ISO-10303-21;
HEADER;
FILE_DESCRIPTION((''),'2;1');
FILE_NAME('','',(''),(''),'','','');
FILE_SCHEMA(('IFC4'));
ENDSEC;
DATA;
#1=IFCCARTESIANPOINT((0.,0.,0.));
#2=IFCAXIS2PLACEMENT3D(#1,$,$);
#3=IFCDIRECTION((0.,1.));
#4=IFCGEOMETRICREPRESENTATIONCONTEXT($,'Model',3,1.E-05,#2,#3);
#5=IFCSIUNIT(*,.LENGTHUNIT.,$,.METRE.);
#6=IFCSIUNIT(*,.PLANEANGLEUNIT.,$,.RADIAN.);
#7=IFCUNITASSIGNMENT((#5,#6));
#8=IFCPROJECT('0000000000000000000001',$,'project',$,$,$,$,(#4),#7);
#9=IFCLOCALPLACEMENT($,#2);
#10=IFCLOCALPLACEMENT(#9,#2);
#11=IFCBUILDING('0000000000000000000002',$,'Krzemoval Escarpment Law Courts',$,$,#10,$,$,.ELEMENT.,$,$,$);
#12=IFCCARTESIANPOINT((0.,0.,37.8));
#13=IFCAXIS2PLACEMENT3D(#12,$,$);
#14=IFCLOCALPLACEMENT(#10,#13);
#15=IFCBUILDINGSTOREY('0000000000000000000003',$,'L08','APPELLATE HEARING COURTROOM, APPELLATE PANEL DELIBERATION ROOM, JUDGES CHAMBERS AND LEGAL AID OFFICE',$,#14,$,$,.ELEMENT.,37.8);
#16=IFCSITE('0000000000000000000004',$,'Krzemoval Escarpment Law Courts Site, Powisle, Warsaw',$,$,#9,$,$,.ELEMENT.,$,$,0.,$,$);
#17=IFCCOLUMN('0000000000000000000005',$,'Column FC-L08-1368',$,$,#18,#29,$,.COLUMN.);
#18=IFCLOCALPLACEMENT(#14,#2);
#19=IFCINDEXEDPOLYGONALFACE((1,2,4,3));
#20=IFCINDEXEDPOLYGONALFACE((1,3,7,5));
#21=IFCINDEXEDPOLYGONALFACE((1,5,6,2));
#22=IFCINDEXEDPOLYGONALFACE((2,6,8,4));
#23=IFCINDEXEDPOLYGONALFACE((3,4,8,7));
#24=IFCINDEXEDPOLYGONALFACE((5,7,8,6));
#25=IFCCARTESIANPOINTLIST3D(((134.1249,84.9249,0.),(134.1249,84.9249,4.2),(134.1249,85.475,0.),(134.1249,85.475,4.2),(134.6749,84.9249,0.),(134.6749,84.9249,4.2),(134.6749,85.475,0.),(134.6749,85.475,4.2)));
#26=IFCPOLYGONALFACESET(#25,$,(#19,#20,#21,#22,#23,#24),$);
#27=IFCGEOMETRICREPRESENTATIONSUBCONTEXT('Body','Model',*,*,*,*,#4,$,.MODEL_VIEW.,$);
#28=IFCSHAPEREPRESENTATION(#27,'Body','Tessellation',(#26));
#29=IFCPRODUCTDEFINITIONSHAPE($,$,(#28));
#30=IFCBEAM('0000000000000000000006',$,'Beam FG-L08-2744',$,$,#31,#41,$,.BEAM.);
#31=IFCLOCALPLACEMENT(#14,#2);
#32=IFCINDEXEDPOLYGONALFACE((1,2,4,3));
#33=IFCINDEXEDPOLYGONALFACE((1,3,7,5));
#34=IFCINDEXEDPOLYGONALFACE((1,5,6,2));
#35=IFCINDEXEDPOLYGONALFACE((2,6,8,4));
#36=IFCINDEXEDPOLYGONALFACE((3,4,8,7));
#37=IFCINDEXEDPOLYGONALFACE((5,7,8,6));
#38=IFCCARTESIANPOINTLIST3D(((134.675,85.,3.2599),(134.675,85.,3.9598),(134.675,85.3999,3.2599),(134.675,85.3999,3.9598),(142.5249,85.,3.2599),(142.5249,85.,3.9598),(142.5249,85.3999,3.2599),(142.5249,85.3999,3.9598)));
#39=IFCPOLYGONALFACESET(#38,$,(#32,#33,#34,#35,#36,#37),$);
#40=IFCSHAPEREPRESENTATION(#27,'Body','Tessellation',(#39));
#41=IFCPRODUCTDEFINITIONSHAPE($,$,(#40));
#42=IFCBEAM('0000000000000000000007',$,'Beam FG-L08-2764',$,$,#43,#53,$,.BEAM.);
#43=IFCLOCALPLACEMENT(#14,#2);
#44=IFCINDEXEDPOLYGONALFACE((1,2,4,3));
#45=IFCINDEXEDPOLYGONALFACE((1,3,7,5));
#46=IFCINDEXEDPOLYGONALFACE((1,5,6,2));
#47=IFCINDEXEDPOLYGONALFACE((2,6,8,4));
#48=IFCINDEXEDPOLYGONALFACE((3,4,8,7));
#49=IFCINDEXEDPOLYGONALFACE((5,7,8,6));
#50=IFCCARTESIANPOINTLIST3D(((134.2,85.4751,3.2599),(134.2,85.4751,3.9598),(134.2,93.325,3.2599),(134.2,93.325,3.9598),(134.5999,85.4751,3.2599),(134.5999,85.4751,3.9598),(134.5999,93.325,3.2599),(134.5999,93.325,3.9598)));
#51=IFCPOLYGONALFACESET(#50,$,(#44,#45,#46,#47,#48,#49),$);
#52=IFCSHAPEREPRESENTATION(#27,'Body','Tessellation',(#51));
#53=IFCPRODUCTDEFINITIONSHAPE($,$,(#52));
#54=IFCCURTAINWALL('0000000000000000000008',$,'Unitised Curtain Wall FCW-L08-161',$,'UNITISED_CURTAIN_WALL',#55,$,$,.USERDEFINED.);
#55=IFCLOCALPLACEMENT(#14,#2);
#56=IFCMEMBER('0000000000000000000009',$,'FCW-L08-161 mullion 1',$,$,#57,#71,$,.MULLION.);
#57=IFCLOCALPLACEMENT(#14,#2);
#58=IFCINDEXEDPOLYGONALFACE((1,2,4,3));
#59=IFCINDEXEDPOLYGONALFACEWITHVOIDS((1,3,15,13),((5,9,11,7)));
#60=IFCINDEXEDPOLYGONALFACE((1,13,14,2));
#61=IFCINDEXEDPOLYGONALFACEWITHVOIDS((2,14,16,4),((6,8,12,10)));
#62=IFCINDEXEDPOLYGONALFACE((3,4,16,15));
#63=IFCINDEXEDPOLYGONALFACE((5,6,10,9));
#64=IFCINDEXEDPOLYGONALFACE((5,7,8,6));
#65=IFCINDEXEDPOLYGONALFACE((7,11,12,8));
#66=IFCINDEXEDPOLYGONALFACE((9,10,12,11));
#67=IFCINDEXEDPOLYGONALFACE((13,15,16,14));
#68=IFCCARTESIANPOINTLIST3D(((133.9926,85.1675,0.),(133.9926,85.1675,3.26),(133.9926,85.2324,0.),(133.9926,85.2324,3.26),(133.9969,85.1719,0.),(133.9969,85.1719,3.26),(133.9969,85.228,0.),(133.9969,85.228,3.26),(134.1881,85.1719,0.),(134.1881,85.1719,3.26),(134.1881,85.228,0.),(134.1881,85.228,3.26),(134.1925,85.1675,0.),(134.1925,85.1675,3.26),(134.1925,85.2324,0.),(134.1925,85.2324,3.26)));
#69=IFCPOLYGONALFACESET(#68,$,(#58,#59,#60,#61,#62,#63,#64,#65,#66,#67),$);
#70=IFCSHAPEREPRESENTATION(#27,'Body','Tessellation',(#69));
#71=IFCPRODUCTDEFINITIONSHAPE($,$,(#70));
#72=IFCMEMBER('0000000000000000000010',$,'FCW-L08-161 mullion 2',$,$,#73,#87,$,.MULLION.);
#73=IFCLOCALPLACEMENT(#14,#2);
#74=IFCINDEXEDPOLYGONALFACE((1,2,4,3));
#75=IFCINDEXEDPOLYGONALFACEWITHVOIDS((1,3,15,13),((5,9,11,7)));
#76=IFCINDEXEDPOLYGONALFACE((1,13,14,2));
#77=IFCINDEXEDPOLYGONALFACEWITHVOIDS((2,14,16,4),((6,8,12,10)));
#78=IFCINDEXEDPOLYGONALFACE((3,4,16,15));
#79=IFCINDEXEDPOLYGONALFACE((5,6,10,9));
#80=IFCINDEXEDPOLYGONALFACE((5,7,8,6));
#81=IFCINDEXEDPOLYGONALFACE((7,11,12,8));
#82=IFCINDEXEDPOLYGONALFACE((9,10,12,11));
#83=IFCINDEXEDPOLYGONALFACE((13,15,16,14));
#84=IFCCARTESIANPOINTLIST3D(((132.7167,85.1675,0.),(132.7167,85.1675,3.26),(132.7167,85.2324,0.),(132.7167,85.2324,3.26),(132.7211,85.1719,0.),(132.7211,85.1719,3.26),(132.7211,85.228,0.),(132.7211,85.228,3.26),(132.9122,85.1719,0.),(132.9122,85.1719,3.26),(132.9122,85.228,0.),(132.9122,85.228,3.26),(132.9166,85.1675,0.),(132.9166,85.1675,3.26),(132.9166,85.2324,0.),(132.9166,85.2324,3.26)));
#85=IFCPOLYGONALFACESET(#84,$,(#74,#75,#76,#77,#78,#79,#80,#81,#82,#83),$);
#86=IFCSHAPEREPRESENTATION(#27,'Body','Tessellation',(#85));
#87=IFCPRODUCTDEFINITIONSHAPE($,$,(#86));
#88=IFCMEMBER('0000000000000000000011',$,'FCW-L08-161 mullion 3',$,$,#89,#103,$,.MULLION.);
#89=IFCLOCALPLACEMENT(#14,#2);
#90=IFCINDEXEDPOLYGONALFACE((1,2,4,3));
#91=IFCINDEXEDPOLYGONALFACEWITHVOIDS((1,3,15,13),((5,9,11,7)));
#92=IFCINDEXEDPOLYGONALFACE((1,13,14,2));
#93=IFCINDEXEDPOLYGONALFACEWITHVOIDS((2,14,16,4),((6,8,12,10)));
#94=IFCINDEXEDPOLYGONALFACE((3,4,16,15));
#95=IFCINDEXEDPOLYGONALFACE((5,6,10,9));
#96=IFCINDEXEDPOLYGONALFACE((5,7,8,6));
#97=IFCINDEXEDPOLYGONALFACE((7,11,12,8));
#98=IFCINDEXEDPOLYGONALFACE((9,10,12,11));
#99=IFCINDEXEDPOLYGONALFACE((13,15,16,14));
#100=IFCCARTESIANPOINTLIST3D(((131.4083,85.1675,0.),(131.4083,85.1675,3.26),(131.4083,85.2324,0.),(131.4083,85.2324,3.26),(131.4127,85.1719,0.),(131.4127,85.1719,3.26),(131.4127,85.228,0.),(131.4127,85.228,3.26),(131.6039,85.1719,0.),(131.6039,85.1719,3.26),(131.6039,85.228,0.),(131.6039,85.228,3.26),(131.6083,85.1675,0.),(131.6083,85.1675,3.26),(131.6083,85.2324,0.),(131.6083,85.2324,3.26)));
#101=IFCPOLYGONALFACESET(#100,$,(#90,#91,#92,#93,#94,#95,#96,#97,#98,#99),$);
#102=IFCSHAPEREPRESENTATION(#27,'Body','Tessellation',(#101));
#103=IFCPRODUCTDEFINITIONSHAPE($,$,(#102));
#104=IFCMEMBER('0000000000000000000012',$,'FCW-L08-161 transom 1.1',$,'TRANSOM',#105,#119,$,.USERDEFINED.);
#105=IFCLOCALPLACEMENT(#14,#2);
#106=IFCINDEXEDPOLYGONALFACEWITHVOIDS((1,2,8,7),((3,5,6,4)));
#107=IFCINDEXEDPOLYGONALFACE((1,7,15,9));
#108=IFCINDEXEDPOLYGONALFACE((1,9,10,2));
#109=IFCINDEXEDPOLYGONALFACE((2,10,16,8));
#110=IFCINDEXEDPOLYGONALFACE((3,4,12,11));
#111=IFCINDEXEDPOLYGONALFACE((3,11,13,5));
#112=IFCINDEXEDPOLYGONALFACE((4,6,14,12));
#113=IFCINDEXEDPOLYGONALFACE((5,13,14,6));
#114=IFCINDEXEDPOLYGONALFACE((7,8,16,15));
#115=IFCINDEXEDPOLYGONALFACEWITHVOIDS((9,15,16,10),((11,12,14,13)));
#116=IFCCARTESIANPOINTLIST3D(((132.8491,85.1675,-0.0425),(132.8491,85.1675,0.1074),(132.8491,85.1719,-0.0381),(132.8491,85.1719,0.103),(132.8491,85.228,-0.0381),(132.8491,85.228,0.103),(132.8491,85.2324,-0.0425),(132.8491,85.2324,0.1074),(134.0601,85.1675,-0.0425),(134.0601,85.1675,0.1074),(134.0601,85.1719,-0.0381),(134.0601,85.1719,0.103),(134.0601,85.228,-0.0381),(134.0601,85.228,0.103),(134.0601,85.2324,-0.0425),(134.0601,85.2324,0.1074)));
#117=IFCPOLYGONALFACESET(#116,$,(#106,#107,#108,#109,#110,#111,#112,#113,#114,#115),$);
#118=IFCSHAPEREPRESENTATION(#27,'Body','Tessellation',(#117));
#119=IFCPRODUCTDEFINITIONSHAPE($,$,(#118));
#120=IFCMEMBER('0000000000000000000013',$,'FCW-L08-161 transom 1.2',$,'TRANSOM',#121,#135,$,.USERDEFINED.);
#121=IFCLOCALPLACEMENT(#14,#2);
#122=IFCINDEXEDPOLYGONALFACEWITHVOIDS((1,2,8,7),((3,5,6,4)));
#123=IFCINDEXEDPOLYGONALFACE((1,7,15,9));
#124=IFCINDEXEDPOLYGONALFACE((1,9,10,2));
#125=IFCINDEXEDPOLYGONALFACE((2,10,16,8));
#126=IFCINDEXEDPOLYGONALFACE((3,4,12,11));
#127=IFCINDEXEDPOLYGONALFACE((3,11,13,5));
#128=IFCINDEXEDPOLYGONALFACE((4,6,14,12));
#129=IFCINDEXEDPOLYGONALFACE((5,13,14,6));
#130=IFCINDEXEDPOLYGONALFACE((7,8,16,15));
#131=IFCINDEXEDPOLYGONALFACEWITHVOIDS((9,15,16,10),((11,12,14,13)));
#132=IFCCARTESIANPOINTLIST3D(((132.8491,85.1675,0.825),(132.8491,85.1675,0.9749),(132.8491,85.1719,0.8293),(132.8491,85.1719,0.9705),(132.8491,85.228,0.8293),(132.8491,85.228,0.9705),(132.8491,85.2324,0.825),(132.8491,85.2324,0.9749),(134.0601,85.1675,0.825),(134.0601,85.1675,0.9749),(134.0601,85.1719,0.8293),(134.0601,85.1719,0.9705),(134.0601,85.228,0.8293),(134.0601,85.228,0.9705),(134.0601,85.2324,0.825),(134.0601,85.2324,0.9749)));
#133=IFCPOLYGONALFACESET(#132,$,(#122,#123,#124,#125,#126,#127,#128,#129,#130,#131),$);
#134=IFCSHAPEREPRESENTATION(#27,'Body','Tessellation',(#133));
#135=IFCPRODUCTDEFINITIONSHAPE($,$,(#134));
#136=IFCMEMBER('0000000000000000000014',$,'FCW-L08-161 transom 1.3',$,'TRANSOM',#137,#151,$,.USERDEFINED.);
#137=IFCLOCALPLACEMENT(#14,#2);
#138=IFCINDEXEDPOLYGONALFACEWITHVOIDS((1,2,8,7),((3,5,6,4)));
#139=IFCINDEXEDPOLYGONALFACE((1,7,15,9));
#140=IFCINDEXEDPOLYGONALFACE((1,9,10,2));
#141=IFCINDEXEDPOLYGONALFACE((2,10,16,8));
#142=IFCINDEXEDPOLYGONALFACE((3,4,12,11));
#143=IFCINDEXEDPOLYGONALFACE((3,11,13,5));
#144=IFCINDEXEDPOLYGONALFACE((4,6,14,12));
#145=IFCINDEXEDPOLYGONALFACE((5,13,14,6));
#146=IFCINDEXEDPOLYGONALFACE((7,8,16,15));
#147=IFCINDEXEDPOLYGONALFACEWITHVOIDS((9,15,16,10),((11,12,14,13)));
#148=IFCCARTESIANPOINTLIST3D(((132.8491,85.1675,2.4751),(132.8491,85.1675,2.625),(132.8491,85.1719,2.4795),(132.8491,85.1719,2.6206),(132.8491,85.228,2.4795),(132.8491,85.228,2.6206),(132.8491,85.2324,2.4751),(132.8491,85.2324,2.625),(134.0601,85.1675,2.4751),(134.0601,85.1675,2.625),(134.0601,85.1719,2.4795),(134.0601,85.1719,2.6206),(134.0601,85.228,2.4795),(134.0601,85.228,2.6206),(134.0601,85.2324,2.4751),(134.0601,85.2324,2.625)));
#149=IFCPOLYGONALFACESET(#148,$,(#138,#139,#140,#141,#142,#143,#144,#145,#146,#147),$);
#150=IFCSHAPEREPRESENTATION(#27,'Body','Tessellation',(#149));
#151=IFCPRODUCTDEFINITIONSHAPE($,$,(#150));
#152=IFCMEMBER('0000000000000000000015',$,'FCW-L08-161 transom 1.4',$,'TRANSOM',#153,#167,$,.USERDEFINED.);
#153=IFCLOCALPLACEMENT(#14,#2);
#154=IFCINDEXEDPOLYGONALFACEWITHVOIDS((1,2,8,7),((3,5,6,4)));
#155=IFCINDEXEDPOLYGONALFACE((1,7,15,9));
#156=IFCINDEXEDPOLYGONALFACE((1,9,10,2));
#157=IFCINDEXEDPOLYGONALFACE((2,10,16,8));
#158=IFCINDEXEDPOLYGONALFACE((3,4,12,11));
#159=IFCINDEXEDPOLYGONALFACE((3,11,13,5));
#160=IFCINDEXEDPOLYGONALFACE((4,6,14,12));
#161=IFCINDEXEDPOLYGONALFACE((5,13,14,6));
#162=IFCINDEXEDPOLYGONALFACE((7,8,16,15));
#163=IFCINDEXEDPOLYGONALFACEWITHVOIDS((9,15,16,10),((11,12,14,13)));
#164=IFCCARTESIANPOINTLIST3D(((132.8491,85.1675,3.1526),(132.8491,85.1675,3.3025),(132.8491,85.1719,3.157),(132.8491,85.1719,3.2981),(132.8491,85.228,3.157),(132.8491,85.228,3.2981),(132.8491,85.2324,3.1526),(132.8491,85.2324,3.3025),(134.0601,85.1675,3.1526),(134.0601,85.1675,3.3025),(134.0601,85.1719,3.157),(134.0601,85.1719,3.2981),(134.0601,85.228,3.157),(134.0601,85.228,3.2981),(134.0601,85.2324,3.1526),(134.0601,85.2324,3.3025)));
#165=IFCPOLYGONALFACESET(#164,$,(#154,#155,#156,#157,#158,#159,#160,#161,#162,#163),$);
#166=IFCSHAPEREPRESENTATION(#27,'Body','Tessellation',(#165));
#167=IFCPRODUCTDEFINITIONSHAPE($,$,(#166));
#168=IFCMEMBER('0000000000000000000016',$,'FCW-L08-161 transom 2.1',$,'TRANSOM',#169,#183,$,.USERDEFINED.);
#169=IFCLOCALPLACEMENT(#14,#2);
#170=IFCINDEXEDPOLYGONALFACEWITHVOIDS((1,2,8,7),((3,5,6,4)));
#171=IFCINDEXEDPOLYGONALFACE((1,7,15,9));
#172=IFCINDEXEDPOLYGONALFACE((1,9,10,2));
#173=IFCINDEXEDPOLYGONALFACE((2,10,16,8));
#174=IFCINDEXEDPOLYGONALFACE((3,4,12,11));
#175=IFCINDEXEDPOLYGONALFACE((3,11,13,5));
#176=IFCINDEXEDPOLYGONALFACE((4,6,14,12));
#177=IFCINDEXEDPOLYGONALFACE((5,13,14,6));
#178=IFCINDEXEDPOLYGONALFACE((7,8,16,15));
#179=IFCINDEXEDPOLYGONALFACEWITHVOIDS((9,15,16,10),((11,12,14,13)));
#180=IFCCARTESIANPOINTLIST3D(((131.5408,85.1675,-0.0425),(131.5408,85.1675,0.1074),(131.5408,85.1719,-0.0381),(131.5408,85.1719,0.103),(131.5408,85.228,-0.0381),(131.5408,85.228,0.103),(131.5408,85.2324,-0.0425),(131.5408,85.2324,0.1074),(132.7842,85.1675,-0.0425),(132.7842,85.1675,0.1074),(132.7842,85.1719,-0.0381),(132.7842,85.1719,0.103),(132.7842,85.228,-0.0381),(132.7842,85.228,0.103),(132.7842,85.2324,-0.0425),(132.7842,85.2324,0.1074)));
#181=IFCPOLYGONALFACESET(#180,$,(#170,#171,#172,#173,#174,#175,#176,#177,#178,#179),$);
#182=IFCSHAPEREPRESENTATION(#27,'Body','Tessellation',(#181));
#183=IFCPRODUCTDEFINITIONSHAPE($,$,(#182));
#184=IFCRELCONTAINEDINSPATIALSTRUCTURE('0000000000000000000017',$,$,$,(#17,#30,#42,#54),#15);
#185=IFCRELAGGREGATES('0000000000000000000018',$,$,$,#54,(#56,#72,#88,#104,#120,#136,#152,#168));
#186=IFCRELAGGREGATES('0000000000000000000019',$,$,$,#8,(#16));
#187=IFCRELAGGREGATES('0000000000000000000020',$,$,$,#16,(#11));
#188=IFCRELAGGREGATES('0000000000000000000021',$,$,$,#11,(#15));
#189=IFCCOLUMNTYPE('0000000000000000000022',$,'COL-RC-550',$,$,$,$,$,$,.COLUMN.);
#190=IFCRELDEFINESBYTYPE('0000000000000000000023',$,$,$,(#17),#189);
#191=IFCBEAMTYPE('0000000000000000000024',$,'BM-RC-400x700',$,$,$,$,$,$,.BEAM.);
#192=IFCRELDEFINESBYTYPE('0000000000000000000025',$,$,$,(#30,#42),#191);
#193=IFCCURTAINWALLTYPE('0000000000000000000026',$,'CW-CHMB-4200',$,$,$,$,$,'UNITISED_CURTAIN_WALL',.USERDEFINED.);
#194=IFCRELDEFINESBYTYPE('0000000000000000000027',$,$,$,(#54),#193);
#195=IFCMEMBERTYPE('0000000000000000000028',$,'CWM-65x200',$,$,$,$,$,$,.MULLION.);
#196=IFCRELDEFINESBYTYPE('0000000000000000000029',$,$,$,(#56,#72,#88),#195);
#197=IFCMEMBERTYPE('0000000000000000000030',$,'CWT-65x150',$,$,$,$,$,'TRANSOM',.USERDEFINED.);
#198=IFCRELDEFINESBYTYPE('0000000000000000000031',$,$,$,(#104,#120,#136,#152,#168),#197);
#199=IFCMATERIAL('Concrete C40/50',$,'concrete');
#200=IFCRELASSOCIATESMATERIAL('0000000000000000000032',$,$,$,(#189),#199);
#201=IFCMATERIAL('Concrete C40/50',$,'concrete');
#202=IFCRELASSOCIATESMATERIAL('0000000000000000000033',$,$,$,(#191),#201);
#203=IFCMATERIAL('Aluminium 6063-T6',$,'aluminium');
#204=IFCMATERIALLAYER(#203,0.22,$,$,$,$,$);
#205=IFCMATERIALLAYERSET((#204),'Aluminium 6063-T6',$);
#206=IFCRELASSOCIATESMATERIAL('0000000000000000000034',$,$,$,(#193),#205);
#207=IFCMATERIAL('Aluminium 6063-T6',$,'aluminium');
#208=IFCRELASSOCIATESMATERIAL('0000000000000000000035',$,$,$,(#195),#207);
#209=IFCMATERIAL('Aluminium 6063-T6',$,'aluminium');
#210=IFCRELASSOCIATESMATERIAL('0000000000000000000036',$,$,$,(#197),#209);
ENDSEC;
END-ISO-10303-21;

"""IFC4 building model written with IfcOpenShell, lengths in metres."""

from ifc_helpers import new_model, si_unit, direction, frame, origin, origin_2d, place, context, subcontext, project, spatial, rectangle, hollow_rectangle, extrude, material, layer, layer_set, material_profile, profile_set, type_object, element, aggregate, save


model = new_model("IFC4")

# Units and contexts
model_context = context("Model", 3, precision=1e-05, world=origin(), true_north=direction((0.0, 1.0)))
body_context = subcontext(model_context, "Body", "Model", "MODEL_VIEW")
ifc_project = project(units=[si_unit("LENGTHUNIT", "METRE"), si_unit("PLANEANGLEUNIT", "RADIAN")], contexts=[model_context])

# Site, building, storey
site_placement = place(None, origin())
site = spatial("IfcSite", under=ifc_project, at=site_placement, Name="Krzemoval Escarpment Law Courts Site, Powisle, Warsaw", CompositionType="ELEMENT", RefElevation=0.0)
building_placement = place(site_placement, origin())
building = spatial("IfcBuilding", under=site, at=building_placement, Name="Krzemoval Escarpment Law Courts", CompositionType="ELEMENT")
storey_placement = place(building_placement, frame((0.0, 0.0, 37.8)))
storey = spatial("IfcBuildingStorey", under=building, at=storey_placement, Name="L08", Description="APPELLATE HEARING COURTROOM, APPELLATE PANEL DELIBERATION ROOM, JUDGES CHAMBERS AND LEGAL AID OFFICE", CompositionType="ELEMENT", Elevation=37.8)

# Column
ifc_material_1 = material(Name="Concrete C40/50", Category="concrete")
ifc_material_profile_1 = material_profile(ifc_material_1, rectangle(XDim=0.55, YDim=0.55, at=origin_2d()), Name="RC 550x550")
ifc_profile_set_1 = profile_set([ifc_material_profile_1], Name="Concrete C40/50")
column_type = type_object("IfcColumnType", Name="COL-RC-550", PredefinedType="COLUMN", material=ifc_profile_set_1)
column_placement = place(storey_placement, frame((134.3999, 85.2, 0.0), z_axis=(0.0, 0.0, 1.0), x_axis=(1.0, 0.0, 0.0)))
element("IfcColumn", 1, at=column_placement, inside=storey, type_object=column_type, Name="Column FC-L08-1368", PredefinedType="COLUMN", context=body_context, shape_type="SweptSolid", body=[
    extrude(rectangle(XDim=0.55, YDim=0.55, at=origin_2d()), origin(), (0.0, 0.0, 1.0), 4.2),
])

# Beams
ifc_material_2 = material(Name="Concrete C40/50", Category="concrete")
ifc_material_profile_2 = material_profile(ifc_material_2, rectangle(XDim=0.3999, YDim=0.7, at=origin_2d()), Name="RCB 400x700")
ifc_profile_set_2 = profile_set([ifc_material_profile_2], Name="Concrete C40/50")
beam_type = type_object("IfcBeamType", Name="BM-RC-400x700", PredefinedType="BEAM", material=ifc_profile_set_2)
for number, where, z_axis, x_axis, name in (
    (2, (134.675, 85.2, 3.6099), (1.0, 0.0, 0.0), (0.0, 1.0, 0.0), "Beam FG-L08-2744"),
    (3, (134.3999, 85.4751, 3.6099), (0.0, 1.0, 0.0), (-1.0, 0.0, 0.0), "Beam FG-L08-2764"),
):
    element("IfcBeam", number, at=place(storey_placement, frame(where, z_axis=z_axis, x_axis=x_axis)), inside=storey, type_object=beam_type, Name=name, PredefinedType="BEAM", context=body_context, shape_type="SweptSolid", body=[
        extrude(rectangle(XDim=0.3999, YDim=0.7, at=origin_2d()), origin(), (0.0, 0.0, 1.0), 7.8499),
    ])

# Curtain wall, members
ifc_material_3 = material(Name="Aluminium 6063-T6", Category="aluminium")
ifc_layer_1 = layer(ifc_material_3, 0.22)
ifc_layer_set_1 = layer_set([ifc_layer_1], Name="Aluminium 6063-T6")
curtain_wall_type = type_object("IfcCurtainWallType", Name="CW-CHMB-4200", ElementType="UNITISED_CURTAIN_WALL", PredefinedType="USERDEFINED", material=ifc_layer_set_1)
curtain_wall_placement = place(storey_placement, origin())
curtain_wall = element("IfcCurtainWall", 4, at=curtain_wall_placement, inside=storey, type_object=curtain_wall_type, Name="Unitised Curtain Wall FCW-L08-161", ObjectType="UNITISED_CURTAIN_WALL", PredefinedType="USERDEFINED")
ifc_material_4 = material(Name="Aluminium 6063-T6", Category="aluminium")
ifc_material_profile_3 = material_profile(ifc_material_4, hollow_rectangle(XDim=0.0649, YDim=0.2, WallThickness=0.0044, at=origin_2d()), Name="ALU M65x200")
ifc_profile_set_3 = profile_set([ifc_material_profile_3], Name="Aluminium 6063-T6")
member_type_1 = type_object("IfcMemberType", Name="CWM-65x200", PredefinedType="MULLION", material=ifc_profile_set_3)
member_1_placement = place(storey_placement, frame((134.0925, 85.2, 0.0), z_axis=(0.0, 0.0, 1.0), x_axis=(0.0, -1.0, 0.0)))
member_1 = element("IfcMember", 5, at=member_1_placement, type_object=member_type_1, Name="FCW-L08-161 mullion 1", PredefinedType="MULLION", context=body_context, shape_type="SweptSolid", body=[
    extrude(hollow_rectangle(XDim=0.0649, YDim=0.2, WallThickness=0.0044, at=origin_2d()), origin(), (0.0, 0.0, 1.0), 3.26),
])
member_2_placement = place(storey_placement, frame((132.8167, 85.2, 0.0), z_axis=(0.0, 0.0, 1.0), x_axis=(0.0, -1.0, 0.0)))
member_2 = element("IfcMember", 6, at=member_2_placement, type_object=member_type_1, Name="FCW-L08-161 mullion 2", PredefinedType="MULLION", context=body_context, shape_type="SweptSolid", body=[
    extrude(hollow_rectangle(XDim=0.0649, YDim=0.2, WallThickness=0.0044, at=origin_2d()), origin(), (0.0, 0.0, 1.0), 3.26),
])
member_3_placement = place(storey_placement, frame((131.5083, 85.2, 0.0), z_axis=(0.0, 0.0, 1.0), x_axis=(0.0, -1.0, 0.0)))
member_3 = element("IfcMember", 7, at=member_3_placement, type_object=member_type_1, Name="FCW-L08-161 mullion 3", PredefinedType="MULLION", context=body_context, shape_type="SweptSolid", body=[
    extrude(hollow_rectangle(XDim=0.0649, YDim=0.2, WallThickness=0.0044, at=origin_2d()), origin(), (0.0, 0.0, 1.0), 3.26),
])
ifc_material_5 = material(Name="Aluminium 6063-T6", Category="aluminium")
ifc_material_profile_4 = material_profile(ifc_material_5, hollow_rectangle(XDim=0.0649, YDim=0.1499, WallThickness=0.0044, at=origin_2d()), Name="ALU T65x150")
ifc_profile_set_4 = profile_set([ifc_material_profile_4], Name="Aluminium 6063-T6")
member_type_2 = type_object("IfcMemberType", Name="CWT-65x150", ElementType="TRANSOM", PredefinedType="USERDEFINED", material=ifc_profile_set_4)
member_4_placement = place(storey_placement, frame((134.0601, 85.2, 0.0325), z_axis=(-1.0, 0.0, 0.0), x_axis=(0.0, -1.0, 0.0)))
member_4 = element("IfcMember", 8, at=member_4_placement, type_object=member_type_2, Name="FCW-L08-161 transom 1.1", ObjectType="TRANSOM", PredefinedType="USERDEFINED", context=body_context, shape_type="SweptSolid", body=[
    extrude(hollow_rectangle(XDim=0.0649, YDim=0.1499, WallThickness=0.0044, at=origin_2d()), origin(), (0.0, 0.0, 1.0), 1.2109),
])
member_5_placement = place(storey_placement, frame((134.0601, 85.2, 0.8999), z_axis=(-1.0, 0.0, 0.0), x_axis=(0.0, -1.0, 0.0)))
member_5 = element("IfcMember", 9, at=member_5_placement, type_object=member_type_2, Name="FCW-L08-161 transom 1.2", ObjectType="TRANSOM", PredefinedType="USERDEFINED", context=body_context, shape_type="SweptSolid", body=[
    extrude(hollow_rectangle(XDim=0.0649, YDim=0.1499, WallThickness=0.0044, at=origin_2d()), origin(), (0.0, 0.0, 1.0), 1.2109),
])
member_6_placement = place(storey_placement, frame((134.0601, 85.2, 2.55), z_axis=(-1.0, 0.0, 0.0), x_axis=(0.0, -1.0, 0.0)))
member_6 = element("IfcMember", 10, at=member_6_placement, type_object=member_type_2, Name="FCW-L08-161 transom 1.3", ObjectType="TRANSOM", PredefinedType="USERDEFINED", context=body_context, shape_type="SweptSolid", body=[
    extrude(hollow_rectangle(XDim=0.0649, YDim=0.1499, WallThickness=0.0044, at=origin_2d()), origin(), (0.0, 0.0, 1.0), 1.2109),
])
member_7_placement = place(storey_placement, frame((134.0601, 85.2, 3.2275), z_axis=(-1.0, 0.0, 0.0), x_axis=(0.0, -1.0, 0.0)))
member_7 = element("IfcMember", 11, at=member_7_placement, type_object=member_type_2, Name="FCW-L08-161 transom 1.4", ObjectType="TRANSOM", PredefinedType="USERDEFINED", context=body_context, shape_type="SweptSolid", body=[
    extrude(hollow_rectangle(XDim=0.0649, YDim=0.1499, WallThickness=0.0044, at=origin_2d()), origin(), (0.0, 0.0, 1.0), 1.2109),
])
member_8_placement = place(storey_placement, frame((132.7842, 85.2, 0.0325), z_axis=(-1.0, 0.0, 0.0), x_axis=(0.0, -1.0, 0.0)))
member_8 = element("IfcMember", 12, at=member_8_placement, type_object=member_type_2, Name="FCW-L08-161 transom 2.1", ObjectType="TRANSOM", PredefinedType="USERDEFINED", context=body_context, shape_type="SweptSolid", body=[
    extrude(hollow_rectangle(XDim=0.0649, YDim=0.1499, WallThickness=0.0044, at=origin_2d()), origin(), (0.0, 0.0, 1.0), 1.2434),
])

aggregate(curtain_wall, [member_1, member_2, member_3, member_4, member_5, member_6, member_7, member_8])

save(model, "model.ifc")
